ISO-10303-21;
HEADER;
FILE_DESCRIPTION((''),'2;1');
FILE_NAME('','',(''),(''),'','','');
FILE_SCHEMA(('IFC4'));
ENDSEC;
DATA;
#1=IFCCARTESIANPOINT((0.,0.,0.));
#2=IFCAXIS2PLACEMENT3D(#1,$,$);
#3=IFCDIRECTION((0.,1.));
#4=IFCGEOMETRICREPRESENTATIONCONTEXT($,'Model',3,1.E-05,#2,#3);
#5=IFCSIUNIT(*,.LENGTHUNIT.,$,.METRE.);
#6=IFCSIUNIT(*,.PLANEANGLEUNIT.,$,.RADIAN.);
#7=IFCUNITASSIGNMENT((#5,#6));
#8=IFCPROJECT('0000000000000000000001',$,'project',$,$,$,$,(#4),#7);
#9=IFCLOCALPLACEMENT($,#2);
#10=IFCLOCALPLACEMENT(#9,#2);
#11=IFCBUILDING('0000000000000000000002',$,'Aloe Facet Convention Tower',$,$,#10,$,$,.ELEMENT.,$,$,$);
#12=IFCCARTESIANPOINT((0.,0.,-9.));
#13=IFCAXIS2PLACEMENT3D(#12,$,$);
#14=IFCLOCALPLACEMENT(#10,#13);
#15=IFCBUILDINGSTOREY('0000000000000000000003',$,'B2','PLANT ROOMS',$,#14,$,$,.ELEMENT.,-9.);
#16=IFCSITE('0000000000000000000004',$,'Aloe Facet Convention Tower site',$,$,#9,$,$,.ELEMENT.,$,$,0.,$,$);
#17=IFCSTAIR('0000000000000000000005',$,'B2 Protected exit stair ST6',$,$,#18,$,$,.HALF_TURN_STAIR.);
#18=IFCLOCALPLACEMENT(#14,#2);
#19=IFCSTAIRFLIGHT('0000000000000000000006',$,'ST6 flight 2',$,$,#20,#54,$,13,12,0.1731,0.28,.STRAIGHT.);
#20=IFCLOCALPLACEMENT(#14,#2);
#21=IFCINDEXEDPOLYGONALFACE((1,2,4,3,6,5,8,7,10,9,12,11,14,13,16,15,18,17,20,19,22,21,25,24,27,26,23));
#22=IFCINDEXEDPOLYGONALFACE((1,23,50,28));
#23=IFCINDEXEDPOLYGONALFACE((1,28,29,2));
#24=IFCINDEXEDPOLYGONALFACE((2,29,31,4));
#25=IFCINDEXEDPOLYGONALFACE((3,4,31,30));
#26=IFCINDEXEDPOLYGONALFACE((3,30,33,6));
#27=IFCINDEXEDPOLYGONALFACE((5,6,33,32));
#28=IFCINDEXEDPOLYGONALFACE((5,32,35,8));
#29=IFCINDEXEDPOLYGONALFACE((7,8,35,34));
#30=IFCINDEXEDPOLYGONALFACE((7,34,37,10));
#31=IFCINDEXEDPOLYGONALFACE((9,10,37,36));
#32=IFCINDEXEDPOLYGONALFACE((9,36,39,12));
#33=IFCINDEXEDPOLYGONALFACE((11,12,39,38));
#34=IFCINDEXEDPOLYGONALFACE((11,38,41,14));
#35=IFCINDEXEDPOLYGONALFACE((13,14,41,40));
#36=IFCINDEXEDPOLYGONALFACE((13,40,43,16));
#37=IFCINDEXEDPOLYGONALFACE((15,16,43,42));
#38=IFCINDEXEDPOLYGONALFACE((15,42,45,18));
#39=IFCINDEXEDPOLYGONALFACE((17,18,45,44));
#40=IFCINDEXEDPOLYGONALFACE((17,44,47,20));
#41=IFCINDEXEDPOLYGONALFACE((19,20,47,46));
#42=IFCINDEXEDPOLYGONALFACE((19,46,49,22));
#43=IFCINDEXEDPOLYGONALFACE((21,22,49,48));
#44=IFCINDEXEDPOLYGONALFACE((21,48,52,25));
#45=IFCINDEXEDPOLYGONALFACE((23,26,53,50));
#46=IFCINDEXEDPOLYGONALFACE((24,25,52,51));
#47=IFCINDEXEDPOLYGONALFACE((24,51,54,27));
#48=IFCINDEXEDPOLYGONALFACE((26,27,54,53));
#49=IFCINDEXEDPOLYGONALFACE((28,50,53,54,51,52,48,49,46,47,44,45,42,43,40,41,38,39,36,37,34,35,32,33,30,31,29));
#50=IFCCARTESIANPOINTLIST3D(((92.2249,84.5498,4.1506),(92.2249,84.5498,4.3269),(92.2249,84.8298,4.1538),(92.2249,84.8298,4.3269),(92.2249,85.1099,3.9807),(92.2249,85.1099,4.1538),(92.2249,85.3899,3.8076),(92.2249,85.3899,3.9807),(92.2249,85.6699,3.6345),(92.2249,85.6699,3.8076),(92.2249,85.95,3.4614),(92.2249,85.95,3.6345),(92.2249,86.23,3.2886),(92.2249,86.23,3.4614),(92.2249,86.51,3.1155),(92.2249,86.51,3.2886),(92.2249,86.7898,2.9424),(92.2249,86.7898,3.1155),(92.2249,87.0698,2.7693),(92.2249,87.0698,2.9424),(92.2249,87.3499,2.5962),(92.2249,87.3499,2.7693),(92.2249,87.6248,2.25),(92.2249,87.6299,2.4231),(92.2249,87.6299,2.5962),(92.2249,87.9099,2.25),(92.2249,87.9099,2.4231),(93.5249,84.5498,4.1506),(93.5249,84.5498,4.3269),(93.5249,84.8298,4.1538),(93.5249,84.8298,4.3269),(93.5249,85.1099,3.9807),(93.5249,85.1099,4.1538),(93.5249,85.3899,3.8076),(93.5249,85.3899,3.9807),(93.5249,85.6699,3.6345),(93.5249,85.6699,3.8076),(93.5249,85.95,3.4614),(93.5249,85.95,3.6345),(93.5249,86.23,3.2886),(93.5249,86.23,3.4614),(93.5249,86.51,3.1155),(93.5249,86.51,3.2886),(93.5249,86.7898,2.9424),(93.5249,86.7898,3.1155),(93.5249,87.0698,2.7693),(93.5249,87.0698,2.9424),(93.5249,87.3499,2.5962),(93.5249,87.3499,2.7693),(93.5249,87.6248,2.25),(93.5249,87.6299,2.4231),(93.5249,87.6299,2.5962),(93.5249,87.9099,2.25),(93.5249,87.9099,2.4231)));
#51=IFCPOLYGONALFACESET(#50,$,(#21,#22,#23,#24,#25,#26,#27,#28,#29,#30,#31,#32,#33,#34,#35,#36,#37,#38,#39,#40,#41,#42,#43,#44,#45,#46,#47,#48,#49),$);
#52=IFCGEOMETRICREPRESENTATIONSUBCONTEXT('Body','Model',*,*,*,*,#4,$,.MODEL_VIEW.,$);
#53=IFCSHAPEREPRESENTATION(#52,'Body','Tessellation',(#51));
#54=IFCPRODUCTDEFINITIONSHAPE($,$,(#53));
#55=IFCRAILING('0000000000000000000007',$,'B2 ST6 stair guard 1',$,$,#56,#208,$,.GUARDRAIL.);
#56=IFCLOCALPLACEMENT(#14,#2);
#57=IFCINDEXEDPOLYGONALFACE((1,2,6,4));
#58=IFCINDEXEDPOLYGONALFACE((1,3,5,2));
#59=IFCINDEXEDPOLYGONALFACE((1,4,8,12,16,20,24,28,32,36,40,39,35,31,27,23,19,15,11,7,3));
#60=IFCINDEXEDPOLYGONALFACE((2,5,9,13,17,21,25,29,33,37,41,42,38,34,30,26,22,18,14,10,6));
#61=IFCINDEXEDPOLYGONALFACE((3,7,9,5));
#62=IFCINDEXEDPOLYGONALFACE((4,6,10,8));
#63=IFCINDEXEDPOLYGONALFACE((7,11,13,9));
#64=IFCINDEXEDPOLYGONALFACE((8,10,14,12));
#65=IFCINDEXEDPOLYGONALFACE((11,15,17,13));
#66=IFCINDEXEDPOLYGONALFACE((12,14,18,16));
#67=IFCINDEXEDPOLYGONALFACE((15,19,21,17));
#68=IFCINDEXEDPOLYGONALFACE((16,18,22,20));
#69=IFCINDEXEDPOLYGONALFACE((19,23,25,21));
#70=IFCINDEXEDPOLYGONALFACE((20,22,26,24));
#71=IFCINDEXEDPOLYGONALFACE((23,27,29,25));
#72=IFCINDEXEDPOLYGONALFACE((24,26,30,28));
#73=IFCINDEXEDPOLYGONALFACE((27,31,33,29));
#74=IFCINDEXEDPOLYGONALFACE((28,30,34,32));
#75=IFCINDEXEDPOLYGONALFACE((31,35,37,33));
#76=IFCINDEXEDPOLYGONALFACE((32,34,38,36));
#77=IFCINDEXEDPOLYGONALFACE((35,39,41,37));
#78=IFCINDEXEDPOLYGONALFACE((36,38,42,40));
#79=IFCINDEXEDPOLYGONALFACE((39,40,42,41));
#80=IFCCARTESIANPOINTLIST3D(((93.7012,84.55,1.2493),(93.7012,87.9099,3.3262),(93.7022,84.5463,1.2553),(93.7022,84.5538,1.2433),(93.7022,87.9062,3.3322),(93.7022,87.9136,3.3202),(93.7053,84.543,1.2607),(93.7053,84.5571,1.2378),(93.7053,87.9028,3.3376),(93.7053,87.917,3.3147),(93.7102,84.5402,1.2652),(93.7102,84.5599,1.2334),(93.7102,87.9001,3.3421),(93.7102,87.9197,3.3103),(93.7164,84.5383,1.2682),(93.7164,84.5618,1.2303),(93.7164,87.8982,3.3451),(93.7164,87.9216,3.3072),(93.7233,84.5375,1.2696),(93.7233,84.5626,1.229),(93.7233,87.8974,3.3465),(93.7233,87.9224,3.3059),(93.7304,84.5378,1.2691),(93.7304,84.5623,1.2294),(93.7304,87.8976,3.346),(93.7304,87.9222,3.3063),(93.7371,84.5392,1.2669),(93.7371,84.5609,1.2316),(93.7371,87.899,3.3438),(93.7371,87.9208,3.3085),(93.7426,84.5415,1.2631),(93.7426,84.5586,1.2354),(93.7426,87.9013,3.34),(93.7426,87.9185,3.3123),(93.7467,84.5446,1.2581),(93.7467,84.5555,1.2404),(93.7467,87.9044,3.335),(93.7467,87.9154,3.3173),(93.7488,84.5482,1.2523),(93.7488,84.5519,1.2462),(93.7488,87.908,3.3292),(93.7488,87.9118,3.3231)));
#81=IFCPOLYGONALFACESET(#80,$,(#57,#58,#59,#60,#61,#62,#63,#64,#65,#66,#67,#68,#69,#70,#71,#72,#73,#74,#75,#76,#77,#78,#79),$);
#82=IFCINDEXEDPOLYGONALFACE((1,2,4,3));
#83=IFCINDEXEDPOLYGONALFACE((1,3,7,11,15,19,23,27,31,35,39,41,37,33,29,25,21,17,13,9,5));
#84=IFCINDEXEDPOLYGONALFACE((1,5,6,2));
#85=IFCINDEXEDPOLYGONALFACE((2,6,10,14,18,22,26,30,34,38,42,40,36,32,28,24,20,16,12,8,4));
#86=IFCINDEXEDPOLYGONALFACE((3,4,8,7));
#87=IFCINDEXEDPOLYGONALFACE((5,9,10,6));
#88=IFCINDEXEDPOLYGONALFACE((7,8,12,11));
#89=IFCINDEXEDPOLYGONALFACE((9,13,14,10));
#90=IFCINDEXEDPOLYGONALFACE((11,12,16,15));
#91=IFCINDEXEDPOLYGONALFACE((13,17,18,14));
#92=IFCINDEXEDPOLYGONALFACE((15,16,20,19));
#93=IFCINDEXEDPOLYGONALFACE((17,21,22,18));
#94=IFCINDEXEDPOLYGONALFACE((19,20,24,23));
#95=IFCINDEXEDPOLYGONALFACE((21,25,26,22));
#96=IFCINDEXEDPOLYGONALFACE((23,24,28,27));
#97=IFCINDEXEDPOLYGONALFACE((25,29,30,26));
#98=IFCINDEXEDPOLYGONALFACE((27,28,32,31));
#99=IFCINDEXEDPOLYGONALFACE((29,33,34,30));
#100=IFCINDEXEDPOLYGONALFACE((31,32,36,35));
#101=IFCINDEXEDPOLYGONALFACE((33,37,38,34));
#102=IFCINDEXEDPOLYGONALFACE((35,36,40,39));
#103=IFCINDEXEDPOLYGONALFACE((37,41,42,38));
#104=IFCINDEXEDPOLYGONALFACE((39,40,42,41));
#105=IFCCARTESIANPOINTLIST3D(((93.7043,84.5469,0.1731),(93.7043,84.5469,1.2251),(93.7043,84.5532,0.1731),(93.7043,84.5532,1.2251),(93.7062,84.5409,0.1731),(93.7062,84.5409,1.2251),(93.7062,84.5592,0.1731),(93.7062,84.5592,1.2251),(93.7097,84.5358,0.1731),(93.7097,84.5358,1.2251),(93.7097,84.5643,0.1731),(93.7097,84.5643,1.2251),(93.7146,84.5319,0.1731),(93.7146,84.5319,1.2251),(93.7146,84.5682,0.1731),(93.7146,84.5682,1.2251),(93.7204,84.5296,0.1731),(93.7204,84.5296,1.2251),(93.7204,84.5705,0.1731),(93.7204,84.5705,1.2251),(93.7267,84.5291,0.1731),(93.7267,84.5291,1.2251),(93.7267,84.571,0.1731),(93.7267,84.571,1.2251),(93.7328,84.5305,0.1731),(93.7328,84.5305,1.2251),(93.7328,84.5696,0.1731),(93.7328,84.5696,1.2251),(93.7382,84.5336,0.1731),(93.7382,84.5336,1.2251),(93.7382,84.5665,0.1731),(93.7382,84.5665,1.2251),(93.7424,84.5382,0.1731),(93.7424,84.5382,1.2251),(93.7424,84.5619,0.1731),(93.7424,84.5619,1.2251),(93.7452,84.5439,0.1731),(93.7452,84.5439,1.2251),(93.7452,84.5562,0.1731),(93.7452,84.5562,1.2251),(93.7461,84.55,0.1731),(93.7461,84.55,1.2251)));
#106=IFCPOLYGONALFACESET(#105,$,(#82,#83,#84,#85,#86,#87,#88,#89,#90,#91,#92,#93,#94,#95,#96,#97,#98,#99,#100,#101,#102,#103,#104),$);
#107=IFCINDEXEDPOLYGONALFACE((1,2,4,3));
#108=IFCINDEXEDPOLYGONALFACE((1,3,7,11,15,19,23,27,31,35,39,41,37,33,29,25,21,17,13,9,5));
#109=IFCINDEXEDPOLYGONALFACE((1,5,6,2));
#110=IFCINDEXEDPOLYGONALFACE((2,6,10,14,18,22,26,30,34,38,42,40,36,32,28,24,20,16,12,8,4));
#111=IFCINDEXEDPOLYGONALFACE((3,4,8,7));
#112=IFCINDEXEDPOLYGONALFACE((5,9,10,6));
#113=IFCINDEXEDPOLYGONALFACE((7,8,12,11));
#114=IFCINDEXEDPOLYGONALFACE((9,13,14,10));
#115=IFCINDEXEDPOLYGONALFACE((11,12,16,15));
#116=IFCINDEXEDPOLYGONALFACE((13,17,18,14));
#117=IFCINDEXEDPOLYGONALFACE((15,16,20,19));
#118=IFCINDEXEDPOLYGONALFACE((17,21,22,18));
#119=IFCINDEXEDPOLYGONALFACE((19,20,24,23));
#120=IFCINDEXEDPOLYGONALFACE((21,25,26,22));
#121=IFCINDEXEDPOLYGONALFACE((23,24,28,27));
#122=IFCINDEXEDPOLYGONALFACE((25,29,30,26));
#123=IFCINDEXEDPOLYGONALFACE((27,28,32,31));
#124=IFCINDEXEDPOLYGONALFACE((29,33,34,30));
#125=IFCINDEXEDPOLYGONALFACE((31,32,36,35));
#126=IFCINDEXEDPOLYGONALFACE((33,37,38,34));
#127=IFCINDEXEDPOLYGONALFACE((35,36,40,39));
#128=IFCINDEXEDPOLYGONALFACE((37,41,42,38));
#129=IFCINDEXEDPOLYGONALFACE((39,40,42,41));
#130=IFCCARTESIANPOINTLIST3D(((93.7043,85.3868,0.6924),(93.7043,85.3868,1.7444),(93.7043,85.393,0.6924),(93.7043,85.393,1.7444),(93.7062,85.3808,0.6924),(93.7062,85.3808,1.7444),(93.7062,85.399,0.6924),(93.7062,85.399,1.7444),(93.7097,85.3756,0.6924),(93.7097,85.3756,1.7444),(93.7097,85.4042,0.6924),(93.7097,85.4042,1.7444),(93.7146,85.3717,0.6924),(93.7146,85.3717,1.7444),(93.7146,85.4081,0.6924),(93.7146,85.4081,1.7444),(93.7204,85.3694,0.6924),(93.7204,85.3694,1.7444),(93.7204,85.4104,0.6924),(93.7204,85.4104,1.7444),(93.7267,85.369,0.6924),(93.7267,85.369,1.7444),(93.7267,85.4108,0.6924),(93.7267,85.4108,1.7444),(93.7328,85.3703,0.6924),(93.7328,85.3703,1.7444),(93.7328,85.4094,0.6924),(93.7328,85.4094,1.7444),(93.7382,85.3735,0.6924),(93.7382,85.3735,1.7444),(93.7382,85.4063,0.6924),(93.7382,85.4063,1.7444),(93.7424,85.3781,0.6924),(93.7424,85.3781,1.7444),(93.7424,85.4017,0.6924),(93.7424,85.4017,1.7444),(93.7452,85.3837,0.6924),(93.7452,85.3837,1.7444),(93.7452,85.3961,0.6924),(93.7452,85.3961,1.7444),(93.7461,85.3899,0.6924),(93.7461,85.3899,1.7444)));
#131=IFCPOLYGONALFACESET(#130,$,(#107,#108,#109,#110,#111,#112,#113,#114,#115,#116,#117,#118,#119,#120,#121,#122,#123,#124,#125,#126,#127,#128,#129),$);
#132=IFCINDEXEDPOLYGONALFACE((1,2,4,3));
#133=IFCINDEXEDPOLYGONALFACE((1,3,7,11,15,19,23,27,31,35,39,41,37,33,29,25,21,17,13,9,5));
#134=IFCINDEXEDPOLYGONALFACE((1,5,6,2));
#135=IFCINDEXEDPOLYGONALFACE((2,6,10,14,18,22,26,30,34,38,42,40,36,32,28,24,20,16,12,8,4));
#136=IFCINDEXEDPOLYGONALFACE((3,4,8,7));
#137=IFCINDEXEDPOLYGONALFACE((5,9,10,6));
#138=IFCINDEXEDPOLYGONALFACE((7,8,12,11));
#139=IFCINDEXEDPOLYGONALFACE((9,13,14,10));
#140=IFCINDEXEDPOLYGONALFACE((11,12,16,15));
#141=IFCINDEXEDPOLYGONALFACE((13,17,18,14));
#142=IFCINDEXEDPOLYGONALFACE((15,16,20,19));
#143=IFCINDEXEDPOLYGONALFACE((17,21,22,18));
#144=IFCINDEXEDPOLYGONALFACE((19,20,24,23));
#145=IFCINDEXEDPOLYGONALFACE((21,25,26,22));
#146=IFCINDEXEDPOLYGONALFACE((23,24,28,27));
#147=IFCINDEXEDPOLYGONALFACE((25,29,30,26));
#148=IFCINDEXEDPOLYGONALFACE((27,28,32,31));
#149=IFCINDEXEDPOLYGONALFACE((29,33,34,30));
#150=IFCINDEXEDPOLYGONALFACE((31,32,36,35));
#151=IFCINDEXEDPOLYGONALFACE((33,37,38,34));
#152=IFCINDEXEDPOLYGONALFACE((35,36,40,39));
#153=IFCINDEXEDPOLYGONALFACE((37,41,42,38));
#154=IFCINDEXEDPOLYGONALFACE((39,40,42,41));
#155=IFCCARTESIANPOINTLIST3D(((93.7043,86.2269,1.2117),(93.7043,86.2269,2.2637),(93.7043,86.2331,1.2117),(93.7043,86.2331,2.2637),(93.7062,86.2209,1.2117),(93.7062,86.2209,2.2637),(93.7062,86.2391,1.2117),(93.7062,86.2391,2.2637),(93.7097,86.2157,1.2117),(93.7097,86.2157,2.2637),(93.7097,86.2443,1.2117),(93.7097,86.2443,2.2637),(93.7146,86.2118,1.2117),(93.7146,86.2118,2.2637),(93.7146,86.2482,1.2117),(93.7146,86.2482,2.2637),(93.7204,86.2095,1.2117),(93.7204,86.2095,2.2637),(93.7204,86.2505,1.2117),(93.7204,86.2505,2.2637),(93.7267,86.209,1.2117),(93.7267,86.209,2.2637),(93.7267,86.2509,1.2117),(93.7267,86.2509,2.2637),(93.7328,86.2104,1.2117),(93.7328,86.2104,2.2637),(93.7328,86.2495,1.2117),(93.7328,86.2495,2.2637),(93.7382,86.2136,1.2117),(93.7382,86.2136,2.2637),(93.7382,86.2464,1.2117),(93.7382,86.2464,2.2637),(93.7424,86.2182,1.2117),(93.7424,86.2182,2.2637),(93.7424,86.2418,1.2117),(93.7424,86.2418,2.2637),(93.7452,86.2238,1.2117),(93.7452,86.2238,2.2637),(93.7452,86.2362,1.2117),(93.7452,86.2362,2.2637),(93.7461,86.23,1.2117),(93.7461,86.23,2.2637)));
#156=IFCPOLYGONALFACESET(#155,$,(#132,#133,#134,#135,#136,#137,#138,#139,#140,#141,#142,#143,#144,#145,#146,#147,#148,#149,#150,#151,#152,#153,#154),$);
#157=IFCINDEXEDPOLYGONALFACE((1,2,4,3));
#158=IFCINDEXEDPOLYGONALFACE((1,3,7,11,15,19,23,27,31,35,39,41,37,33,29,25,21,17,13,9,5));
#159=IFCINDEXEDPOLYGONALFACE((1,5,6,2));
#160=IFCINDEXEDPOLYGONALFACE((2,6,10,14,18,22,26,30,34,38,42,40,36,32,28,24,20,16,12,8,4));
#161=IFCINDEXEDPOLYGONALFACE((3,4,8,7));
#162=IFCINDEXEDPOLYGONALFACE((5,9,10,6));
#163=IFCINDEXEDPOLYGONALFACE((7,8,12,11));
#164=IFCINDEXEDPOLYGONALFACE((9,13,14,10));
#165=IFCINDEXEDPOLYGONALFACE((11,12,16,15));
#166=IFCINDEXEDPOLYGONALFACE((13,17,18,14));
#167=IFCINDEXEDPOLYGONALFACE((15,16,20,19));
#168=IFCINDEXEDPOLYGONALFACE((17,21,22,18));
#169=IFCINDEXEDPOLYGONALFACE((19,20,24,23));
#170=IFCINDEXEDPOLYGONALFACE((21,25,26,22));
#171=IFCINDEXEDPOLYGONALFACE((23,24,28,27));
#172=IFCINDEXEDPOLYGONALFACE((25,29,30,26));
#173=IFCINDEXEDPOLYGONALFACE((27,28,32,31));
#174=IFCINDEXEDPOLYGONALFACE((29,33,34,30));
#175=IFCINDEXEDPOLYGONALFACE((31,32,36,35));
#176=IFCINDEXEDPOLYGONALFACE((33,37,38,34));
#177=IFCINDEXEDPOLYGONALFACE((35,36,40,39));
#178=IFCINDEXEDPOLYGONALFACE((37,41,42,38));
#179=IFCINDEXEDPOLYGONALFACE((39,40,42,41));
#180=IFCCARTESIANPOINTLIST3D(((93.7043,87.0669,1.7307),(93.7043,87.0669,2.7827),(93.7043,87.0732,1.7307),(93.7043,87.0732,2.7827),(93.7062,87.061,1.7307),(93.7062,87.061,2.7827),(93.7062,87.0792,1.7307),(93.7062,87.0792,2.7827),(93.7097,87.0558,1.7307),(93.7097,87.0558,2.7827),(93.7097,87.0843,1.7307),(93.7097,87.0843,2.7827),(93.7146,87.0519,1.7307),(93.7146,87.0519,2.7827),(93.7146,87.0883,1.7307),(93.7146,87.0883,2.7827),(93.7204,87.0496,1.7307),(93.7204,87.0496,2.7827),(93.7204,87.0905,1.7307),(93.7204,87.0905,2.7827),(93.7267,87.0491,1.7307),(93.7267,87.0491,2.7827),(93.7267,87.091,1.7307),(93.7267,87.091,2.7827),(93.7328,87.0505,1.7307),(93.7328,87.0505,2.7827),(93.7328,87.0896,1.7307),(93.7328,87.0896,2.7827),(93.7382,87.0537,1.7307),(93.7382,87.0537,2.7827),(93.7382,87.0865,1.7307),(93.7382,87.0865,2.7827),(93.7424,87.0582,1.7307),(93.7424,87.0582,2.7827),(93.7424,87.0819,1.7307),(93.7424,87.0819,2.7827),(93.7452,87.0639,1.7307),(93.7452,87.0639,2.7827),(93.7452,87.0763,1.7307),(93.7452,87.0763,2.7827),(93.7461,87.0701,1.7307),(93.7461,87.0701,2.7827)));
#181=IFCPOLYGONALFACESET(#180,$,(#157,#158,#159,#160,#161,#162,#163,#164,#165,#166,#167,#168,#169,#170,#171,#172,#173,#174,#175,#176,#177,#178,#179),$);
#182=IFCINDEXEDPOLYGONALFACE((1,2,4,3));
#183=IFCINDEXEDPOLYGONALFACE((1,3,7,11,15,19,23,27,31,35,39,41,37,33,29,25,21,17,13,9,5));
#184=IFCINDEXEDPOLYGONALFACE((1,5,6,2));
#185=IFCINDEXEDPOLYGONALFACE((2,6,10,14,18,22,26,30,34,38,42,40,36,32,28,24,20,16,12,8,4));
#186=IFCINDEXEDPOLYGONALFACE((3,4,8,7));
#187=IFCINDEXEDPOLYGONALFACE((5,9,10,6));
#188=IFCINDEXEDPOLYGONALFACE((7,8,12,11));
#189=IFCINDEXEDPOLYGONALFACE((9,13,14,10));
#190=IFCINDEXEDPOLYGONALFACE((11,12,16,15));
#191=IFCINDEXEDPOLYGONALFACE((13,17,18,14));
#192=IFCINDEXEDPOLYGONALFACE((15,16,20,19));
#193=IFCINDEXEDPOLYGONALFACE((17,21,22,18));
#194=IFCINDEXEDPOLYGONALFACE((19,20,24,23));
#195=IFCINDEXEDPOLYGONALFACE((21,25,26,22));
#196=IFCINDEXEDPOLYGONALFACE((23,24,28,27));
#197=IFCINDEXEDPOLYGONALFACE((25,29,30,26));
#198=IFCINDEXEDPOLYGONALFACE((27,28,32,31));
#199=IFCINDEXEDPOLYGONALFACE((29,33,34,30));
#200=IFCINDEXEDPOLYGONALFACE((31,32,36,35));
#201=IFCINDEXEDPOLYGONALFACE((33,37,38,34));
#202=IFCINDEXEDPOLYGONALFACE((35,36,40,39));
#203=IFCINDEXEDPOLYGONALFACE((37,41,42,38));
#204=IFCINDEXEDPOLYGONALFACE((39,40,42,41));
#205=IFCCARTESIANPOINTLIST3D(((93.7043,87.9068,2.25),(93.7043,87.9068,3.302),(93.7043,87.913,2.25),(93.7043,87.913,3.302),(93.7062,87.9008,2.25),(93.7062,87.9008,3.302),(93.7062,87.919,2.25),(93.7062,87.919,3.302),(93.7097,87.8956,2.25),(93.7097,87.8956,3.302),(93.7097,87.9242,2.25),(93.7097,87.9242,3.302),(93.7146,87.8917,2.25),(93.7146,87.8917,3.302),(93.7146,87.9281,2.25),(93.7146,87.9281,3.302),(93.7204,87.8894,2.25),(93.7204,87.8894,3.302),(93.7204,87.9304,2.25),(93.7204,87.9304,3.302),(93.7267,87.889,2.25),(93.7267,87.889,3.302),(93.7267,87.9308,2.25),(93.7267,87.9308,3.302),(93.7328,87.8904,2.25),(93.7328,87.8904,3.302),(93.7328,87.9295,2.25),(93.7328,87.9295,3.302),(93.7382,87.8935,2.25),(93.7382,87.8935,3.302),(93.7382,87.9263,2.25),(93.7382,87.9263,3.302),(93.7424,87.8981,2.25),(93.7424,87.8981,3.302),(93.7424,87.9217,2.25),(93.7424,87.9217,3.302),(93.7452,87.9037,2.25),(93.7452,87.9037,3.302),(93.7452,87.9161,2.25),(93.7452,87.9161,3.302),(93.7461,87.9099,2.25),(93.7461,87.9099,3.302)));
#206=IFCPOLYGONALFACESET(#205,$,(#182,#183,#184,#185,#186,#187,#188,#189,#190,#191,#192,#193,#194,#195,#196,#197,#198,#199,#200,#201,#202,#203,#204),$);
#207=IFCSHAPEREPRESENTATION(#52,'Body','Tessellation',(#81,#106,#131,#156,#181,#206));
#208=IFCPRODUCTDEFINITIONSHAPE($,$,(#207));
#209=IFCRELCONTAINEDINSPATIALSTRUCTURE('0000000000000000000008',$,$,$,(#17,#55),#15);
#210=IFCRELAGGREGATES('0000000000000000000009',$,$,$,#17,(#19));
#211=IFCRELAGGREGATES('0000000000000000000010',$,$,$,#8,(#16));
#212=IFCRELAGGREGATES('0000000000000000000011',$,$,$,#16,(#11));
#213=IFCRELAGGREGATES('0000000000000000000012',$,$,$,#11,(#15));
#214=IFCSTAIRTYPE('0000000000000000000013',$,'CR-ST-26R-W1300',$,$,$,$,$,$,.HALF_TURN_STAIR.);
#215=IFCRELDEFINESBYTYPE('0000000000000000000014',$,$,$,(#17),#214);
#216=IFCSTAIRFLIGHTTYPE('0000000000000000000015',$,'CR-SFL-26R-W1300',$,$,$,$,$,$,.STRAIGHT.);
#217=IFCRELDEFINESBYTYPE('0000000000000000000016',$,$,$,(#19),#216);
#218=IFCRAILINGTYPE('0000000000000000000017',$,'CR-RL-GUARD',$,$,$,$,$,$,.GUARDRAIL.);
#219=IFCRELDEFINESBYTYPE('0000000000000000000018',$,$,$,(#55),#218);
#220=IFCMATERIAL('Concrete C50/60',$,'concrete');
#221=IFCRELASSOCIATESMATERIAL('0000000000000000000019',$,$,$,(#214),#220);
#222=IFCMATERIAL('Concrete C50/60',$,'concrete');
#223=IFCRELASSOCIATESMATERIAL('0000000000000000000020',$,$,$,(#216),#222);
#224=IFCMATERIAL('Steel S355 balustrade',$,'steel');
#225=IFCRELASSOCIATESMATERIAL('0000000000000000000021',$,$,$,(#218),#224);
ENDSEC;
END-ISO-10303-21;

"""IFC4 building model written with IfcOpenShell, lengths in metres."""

from ifc_helpers import new_model, si_unit, direction, frame, origin, origin_2d, place, context, subcontext, project, spatial, polyline, circle, outline, extrude, material, type_object, element, aggregate, save


model = new_model("IFC4")

# Units and contexts
model_context = context("Model", 3, precision=1e-05, world=origin(), true_north=direction((0.0, 1.0)))
body_context = subcontext(model_context, "Body", "Model", "MODEL_VIEW")
ifc_project = project(units=[si_unit("LENGTHUNIT", "METRE"), si_unit("PLANEANGLEUNIT", "RADIAN")], contexts=[model_context])

# Site, building, storey
site_placement = place(None, origin())
site = spatial("IfcSite", under=ifc_project, at=site_placement, Name="Aloe Facet Convention Tower site", CompositionType="ELEMENT", RefElevation=0.0)
building_placement = place(site_placement, origin())
building = spatial("IfcBuilding", under=site, at=building_placement, Name="Aloe Facet Convention Tower", CompositionType="ELEMENT")
storey_placement = place(building_placement, frame((0.0, 0.0, -9.0)))
storey = spatial("IfcBuildingStorey", under=building, at=storey_placement, Name="B2", Description="PLANT ROOMS", CompositionType="ELEMENT", Elevation=-9.0)

# Stair, stair flight
ifc_material_1 = material(Name="Concrete C50/60", Category="concrete")
stair_type = type_object("IfcStairType", Name="CR-ST-26R-W1300", PredefinedType="HALF_TURN_STAIR", material=ifc_material_1)
stair_placement = place(storey_placement, origin())
stair = element("IfcStair", 1, at=stair_placement, inside=storey, type_object=stair_type, Name="B2 Protected exit stair ST6", PredefinedType="HALF_TURN_STAIR")
ifc_material_2 = material(Name="Concrete C50/60", Category="concrete")
stair_flight_type = type_object("IfcStairFlightType", Name="CR-SFL-26R-W1300", PredefinedType="STRAIGHT", material=ifc_material_2)
stair_flight_1_placement = place(storey_placement, frame((92.875, 87.9099, 2.25), z_axis=(0.0, 0.0, 1.0), x_axis=(0.0, -1.0, 0.0)))
stair_flight_1 = element("IfcStairFlight", 2, at=stair_flight_1_placement, type_object=stair_flight_type, Name="ST6 flight 2", NumberOfRisers=13, NumberOfTreads=12, PredefinedType="STRAIGHT", RiserHeight=0.1731, TreadLength=0.28, context=body_context, shape_type="SweptSolid", body=[
    extrude(outline(polyline([(0.0, 0.0), (0.0, 0.1731), (0.28, 0.1731), (0.28, 0.3462), (0.5601, 0.3462), (0.5601, 0.5193), (0.8401, 0.5193), (0.8401, 0.6924), (1.1201, 0.6924), (1.1201, 0.8655), (1.3999, 0.8655), (1.3999, 1.0386), (1.6799, 1.0386), (1.6799, 1.2114), (1.96, 1.2114), (1.96, 1.3845), (2.24, 1.3845), (2.24, 1.5576), (2.52, 1.5576), (2.52, 1.7307), (2.8, 1.7307), (2.8, 1.9038), (3.0801, 1.9038), (3.0801, 2.0769), (3.3601, 2.0769), (3.3601, 2.25), (3.3601, 1.9006), (0.2852, 0.0), (0.0, 0.0)])), frame((0.0, 0.6499, 0.0), z_axis=(0.0, -1.0, 0.0), x_axis=(1.0, 0.0, 0.0)), (0.0, 0.0, 1.0), 1.3),
])
aggregate(stair, [stair_flight_1])

# Railing
ifc_material_3 = material(Name="Steel S355 balustrade", Category="steel")
railing_type_1 = type_object("IfcRailingType", Name="CR-RL-GUARD", PredefinedType="GUARDRAIL", material=ifc_material_3)
railing_1_placement = place(storey_placement, frame((93.7251, 84.55, 0.1731)))
element("IfcRailing", 3, at=railing_1_placement, inside=storey, type_object=railing_type_1, Name="B2 ST6 stair guard 1", PredefinedType="GUARDRAIL", context=body_context, shape_type="SweptSolid", body=[
    extrude(circle(Radius=0.0239, at=origin_2d()), frame((0.0, 0.0, 1.0762), z_axis=(0.0, 0.850606, 0.525803), x_axis=(-1.0, 0.0, 0.0)), (0.0, 0.0, 1.0), 3.95),
    extrude(circle(Radius=0.021, at=origin_2d()), origin(), (0.0, 0.0, 1.0), 1.052),
    extrude(circle(Radius=0.021, at=origin_2d()), frame((0.0, 0.8398, 0.5193)), (0.0, 0.0, 1.0), 1.052),
    extrude(circle(Radius=0.021, at=origin_2d()), frame((0.0, 1.6799, 1.0386)), (0.0, 0.0, 1.0), 1.052),
    extrude(circle(Radius=0.021, at=origin_2d()), frame((0.0, 2.52, 1.5576)), (0.0, 0.0, 1.0), 1.052),
    extrude(circle(Radius=0.021, at=origin_2d()), frame((0.0, 3.3599, 2.0769)), (0.0, 0.0, 1.0), 1.052),
])

save(model, "model.ifc")
